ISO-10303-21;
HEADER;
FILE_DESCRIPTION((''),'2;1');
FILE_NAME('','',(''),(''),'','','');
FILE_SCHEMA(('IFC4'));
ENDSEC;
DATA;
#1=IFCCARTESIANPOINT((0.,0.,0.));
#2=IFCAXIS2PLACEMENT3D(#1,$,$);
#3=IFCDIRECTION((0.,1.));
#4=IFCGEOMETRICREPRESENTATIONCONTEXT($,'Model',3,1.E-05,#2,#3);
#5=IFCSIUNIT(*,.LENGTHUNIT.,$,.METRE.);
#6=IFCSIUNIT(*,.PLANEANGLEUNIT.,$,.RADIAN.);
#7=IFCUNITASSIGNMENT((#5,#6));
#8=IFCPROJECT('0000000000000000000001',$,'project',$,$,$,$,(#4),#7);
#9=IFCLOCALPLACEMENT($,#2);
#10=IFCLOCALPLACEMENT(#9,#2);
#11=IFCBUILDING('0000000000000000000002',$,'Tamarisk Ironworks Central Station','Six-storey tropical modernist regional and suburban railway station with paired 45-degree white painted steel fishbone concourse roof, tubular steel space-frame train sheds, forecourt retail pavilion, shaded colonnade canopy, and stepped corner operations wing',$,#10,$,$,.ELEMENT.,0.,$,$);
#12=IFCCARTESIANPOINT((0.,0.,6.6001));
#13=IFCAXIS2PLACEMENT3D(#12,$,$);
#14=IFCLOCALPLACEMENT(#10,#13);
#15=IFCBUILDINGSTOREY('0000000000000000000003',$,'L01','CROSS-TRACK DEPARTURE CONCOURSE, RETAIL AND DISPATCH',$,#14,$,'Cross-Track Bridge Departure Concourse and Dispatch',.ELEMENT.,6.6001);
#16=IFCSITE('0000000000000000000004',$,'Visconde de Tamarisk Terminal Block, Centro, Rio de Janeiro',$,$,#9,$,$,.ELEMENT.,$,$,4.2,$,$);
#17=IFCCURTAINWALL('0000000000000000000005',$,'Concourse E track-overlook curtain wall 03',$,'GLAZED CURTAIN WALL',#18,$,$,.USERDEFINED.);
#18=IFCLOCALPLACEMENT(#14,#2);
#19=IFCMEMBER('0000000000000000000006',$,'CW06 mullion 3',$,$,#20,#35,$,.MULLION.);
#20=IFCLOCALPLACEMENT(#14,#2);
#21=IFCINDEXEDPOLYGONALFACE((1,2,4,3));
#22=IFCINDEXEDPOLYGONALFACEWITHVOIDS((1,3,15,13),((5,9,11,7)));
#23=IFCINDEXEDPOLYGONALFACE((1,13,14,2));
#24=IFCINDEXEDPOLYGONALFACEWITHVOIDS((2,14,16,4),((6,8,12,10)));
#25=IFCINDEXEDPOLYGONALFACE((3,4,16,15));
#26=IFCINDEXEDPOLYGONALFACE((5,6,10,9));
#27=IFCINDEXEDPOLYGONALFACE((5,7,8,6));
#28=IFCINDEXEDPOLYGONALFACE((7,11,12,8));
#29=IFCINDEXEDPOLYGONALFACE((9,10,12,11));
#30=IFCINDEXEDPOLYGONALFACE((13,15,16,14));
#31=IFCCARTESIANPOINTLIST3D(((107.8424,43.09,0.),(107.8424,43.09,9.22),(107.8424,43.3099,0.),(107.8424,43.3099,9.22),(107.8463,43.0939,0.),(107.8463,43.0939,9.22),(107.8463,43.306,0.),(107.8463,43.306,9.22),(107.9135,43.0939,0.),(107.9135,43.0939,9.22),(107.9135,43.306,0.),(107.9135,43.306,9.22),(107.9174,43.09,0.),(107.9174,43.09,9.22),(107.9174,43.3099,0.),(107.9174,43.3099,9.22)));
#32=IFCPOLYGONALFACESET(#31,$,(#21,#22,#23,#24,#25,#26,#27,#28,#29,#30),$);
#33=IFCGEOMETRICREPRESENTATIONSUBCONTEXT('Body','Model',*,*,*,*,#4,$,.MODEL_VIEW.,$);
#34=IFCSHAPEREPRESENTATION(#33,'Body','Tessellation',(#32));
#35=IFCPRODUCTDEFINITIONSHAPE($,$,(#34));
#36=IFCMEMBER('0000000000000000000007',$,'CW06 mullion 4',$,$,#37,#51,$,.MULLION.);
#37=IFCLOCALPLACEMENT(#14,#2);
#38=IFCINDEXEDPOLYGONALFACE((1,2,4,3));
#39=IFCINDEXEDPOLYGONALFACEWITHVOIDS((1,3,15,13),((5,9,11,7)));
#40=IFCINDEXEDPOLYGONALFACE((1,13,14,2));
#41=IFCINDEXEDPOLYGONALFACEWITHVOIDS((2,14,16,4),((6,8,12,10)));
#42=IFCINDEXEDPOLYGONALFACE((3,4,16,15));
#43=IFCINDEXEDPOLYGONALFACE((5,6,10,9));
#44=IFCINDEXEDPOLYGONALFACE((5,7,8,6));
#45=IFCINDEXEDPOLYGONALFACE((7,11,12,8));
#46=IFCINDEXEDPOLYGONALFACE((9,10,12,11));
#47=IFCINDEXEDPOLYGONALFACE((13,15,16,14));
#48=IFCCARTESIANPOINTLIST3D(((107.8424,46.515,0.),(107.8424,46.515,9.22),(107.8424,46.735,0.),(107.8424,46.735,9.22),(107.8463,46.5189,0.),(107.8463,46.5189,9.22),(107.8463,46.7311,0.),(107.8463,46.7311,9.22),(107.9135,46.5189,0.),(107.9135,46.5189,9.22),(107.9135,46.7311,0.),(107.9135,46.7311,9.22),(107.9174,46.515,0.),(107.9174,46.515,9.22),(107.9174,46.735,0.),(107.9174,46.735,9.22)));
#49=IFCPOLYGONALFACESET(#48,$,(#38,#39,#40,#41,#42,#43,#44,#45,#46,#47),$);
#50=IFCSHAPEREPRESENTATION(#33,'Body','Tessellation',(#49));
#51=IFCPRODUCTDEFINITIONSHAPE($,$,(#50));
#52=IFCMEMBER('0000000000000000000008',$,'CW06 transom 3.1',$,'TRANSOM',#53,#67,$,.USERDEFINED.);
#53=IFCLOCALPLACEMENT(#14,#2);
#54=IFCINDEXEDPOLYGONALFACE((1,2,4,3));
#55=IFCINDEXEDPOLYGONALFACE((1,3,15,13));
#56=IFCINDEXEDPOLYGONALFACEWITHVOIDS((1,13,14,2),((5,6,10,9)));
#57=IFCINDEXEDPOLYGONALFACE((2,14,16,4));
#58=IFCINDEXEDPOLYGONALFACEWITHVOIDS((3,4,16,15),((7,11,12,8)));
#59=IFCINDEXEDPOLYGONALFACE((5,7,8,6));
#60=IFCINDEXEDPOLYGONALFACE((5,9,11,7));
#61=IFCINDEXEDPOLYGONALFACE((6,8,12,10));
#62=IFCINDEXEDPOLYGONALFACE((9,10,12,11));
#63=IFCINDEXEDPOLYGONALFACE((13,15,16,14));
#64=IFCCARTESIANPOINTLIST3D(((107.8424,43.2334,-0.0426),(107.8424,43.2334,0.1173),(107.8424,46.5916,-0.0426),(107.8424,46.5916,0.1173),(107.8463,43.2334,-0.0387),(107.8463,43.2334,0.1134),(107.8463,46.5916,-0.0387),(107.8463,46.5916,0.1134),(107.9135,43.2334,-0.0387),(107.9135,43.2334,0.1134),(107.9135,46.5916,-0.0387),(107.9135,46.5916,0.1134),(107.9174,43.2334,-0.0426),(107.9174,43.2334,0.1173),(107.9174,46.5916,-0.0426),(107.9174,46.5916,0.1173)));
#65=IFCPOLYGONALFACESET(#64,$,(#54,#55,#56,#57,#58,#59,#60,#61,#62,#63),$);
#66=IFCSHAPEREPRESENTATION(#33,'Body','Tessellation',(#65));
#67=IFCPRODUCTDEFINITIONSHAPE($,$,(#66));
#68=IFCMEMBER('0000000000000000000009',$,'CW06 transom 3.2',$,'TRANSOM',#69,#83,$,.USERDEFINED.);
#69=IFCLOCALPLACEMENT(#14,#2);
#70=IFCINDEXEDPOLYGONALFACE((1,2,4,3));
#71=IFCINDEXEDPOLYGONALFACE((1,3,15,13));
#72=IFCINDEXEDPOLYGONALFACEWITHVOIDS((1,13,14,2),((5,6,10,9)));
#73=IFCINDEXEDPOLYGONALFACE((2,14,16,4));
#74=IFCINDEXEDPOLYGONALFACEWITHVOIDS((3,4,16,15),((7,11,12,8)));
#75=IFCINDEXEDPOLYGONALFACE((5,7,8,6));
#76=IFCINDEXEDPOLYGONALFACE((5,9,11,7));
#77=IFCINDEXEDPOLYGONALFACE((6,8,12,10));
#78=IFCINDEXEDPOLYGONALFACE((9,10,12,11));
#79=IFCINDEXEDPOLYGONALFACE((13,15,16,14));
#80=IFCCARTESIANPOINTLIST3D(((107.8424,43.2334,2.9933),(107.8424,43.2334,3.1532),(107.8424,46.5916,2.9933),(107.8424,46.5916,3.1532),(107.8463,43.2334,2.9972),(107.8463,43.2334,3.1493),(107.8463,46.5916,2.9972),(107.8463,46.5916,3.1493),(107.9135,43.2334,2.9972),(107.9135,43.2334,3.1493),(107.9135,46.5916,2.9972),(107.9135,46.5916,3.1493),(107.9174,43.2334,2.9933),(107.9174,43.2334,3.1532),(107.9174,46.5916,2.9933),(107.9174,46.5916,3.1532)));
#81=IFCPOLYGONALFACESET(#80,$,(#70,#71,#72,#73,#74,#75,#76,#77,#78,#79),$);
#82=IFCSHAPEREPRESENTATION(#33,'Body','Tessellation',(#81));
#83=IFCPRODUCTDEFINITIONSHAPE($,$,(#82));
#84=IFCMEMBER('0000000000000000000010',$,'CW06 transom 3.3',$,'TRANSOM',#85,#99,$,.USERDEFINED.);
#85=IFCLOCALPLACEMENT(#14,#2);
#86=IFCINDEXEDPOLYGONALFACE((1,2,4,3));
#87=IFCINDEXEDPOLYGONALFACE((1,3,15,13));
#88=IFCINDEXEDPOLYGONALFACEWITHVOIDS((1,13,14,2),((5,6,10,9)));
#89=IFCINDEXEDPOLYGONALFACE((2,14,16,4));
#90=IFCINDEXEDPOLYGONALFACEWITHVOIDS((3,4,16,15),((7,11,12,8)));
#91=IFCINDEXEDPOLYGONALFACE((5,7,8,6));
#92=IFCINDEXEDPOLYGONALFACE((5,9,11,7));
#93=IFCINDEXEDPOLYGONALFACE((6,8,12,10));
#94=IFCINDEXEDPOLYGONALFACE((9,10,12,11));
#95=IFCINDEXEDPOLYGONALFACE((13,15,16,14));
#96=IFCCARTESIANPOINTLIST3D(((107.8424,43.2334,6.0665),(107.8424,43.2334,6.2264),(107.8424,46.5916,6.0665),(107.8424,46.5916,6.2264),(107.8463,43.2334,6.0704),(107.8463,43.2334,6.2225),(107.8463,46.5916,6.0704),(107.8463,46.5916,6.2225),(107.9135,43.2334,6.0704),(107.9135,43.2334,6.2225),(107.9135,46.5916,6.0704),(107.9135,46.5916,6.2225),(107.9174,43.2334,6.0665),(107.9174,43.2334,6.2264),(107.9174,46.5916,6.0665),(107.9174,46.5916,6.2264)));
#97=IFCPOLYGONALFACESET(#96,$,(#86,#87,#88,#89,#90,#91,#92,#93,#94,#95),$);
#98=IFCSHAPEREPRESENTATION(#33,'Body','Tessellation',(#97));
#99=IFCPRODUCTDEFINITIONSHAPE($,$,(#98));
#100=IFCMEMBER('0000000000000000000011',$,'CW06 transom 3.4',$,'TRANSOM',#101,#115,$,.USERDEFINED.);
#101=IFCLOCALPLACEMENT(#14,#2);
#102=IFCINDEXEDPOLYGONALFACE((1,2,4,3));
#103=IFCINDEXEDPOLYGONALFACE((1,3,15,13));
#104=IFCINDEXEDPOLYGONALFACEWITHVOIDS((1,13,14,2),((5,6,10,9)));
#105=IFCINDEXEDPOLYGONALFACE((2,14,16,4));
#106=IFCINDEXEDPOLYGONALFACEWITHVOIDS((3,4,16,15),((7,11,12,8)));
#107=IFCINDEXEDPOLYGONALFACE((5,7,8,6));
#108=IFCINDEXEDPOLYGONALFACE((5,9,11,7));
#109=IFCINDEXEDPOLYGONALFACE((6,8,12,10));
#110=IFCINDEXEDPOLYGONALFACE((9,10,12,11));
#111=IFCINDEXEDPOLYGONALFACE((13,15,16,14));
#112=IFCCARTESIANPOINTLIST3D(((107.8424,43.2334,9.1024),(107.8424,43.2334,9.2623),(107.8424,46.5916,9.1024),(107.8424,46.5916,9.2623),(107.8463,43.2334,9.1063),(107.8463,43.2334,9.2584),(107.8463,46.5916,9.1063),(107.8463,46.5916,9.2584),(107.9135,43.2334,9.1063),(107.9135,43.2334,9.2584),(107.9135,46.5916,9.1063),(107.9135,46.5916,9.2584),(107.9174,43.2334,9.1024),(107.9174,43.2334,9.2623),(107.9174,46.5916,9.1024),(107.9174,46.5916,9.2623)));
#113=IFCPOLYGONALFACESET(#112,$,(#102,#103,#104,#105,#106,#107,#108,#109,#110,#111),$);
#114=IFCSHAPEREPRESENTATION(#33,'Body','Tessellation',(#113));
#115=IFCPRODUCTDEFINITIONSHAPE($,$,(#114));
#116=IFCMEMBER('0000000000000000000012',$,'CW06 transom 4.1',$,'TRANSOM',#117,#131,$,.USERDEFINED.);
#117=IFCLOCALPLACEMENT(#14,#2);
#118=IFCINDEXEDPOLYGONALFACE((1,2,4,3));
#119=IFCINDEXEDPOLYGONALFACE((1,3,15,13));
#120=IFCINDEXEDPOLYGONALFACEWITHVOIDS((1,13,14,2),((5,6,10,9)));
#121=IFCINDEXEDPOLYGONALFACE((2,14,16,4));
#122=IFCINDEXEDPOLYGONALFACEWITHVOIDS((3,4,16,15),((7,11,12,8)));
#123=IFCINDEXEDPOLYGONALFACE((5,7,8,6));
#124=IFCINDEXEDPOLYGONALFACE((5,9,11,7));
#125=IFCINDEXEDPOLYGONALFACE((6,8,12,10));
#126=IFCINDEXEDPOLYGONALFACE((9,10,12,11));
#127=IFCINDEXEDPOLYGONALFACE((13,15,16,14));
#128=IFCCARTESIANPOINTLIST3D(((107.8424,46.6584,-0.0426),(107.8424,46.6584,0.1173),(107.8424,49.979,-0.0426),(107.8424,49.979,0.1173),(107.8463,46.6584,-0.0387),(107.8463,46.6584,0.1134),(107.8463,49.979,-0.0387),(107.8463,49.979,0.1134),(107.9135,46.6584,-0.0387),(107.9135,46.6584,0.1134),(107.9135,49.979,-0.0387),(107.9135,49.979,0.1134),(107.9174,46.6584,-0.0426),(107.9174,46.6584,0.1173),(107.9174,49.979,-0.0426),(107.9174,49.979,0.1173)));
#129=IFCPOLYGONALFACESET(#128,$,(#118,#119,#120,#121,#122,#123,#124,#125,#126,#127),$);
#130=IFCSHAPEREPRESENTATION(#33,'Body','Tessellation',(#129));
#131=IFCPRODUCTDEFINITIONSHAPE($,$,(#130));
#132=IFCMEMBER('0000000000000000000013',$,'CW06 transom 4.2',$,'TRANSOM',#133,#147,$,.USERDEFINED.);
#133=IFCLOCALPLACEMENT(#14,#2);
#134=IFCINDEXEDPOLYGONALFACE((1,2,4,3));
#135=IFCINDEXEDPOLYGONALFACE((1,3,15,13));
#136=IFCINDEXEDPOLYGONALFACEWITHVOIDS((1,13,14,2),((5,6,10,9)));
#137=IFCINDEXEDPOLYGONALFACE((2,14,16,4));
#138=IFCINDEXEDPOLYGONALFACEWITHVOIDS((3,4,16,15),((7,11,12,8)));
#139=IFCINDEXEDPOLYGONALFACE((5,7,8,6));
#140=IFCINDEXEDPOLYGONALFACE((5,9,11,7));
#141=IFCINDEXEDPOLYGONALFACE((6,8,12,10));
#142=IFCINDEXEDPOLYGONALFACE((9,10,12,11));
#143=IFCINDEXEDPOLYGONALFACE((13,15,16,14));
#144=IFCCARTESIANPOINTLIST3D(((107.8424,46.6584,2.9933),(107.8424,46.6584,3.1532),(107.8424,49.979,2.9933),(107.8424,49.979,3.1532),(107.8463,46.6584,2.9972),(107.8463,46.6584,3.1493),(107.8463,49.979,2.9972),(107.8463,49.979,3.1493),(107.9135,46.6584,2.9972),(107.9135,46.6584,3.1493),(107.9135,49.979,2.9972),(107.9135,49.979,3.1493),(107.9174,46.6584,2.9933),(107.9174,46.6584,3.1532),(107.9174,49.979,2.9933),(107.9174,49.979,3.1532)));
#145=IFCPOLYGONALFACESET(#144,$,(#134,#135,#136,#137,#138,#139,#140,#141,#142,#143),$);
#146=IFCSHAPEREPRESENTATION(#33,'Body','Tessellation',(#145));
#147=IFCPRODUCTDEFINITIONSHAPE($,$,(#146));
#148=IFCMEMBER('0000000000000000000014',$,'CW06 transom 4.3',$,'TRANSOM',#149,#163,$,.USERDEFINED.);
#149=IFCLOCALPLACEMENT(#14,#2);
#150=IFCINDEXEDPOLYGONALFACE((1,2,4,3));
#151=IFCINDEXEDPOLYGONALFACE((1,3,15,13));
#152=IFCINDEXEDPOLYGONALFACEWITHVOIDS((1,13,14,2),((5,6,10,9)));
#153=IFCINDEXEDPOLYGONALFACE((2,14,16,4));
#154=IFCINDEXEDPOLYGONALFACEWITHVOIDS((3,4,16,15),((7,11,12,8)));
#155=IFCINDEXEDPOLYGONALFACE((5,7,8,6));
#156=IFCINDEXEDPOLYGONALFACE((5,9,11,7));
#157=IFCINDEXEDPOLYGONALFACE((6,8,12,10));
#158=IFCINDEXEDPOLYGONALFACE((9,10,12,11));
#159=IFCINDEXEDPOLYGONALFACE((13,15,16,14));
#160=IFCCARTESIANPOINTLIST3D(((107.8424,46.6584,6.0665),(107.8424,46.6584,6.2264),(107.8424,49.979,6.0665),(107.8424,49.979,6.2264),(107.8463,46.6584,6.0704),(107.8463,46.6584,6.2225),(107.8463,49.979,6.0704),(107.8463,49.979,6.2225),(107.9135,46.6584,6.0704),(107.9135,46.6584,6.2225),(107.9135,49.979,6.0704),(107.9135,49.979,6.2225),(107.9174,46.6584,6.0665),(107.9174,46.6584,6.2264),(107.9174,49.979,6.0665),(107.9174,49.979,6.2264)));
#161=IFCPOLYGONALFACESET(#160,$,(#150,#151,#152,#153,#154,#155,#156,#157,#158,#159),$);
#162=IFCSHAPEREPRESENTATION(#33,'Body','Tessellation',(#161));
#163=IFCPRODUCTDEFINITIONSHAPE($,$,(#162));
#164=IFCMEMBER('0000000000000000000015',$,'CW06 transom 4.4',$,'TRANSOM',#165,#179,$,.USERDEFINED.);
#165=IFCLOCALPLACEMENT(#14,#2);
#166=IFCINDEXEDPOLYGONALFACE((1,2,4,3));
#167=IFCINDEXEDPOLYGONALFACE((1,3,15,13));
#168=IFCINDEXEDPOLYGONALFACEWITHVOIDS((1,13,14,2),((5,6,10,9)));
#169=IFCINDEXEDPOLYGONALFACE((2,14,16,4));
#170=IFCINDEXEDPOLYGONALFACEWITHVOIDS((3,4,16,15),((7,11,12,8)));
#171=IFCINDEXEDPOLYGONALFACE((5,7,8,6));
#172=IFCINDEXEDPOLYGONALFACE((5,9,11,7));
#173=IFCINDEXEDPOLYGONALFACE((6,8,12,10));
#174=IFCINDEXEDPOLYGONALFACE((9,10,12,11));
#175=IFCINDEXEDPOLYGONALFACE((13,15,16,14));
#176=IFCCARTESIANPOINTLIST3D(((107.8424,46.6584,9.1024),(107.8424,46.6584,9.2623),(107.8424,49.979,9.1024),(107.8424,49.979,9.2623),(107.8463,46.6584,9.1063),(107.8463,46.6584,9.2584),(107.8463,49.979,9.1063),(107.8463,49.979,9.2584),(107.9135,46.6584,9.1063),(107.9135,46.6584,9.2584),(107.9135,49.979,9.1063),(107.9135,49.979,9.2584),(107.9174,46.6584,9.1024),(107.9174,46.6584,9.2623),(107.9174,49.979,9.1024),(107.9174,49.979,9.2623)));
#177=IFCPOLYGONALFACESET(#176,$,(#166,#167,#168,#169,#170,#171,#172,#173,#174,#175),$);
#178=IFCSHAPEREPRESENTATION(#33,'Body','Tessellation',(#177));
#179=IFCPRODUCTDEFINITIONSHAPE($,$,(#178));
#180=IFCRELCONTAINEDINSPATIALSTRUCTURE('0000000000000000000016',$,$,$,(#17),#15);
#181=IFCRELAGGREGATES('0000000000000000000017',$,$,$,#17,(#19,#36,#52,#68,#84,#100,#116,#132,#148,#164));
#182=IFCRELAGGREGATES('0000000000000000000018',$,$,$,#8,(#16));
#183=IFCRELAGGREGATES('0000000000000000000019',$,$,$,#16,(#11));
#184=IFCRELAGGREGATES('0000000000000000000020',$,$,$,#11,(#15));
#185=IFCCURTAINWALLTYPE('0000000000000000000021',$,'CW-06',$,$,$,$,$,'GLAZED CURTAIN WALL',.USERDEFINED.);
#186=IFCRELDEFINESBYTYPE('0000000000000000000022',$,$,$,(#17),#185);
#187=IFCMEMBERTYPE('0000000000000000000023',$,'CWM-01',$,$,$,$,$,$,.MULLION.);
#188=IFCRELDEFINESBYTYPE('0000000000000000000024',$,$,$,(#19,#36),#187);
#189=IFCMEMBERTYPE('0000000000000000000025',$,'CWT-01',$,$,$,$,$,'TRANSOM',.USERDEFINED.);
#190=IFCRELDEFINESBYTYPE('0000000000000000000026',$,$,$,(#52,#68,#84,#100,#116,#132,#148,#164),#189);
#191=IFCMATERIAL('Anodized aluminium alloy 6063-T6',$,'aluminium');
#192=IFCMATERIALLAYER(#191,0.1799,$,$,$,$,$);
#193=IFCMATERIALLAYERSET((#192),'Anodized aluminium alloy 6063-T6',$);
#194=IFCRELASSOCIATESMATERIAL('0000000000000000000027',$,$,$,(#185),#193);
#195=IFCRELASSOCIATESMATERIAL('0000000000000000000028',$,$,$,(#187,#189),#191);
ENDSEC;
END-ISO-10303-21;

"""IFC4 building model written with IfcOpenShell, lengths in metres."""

from ifc_helpers import new_model, si_unit, direction, frame, origin, origin_2d, place, context, subcontext, project, spatial, hollow_rectangle, extrude, material, layer, layer_set, material_profile, profile_set, type_object, element, aggregate, save


model = new_model("IFC4")

# Units and contexts
model_context = context("Model", 3, precision=1e-05, world=origin(), true_north=direction((0.0, 1.0)))
body_context = subcontext(model_context, "Body", "Model", "MODEL_VIEW")
ifc_project = project(units=[si_unit("LENGTHUNIT", "METRE"), si_unit("PLANEANGLEUNIT", "RADIAN")], contexts=[model_context])

# Site, building, storey
site_placement = place(None, origin())
site = spatial("IfcSite", under=ifc_project, at=site_placement, Name="Visconde de Tamarisk Terminal Block, Centro, Rio de Janeiro", CompositionType="ELEMENT", RefElevation=4.2)
building_placement = place(site_placement, origin())
building = spatial("IfcBuilding", under=site, at=building_placement, Name="Tamarisk Ironworks Central Station", Description="Six-storey tropical modernist regional and suburban railway station with paired 45-degree white painted steel fishbone concourse roof, tubular steel space-frame train sheds, forecourt retail pavilion, shaded colonnade canopy, and stepped corner operations wing", CompositionType="ELEMENT", ElevationOfRefHeight=0.0)
storey_placement = place(building_placement, frame((0.0, 0.0, 6.6001)))
storey = spatial("IfcBuildingStorey", under=building, at=storey_placement, Name="L01", Description="CROSS-TRACK DEPARTURE CONCOURSE, RETAIL AND DISPATCH", LongName="Cross-Track Bridge Departure Concourse and Dispatch", CompositionType="ELEMENT", Elevation=6.6001)

# Curtain wall, members
ifc_material_1 = material(Name="Anodized aluminium alloy 6063-T6", Category="aluminium")
ifc_layer_1 = layer(ifc_material_1, 0.1799)
ifc_layer_set_1 = layer_set([ifc_layer_1], Name="Anodized aluminium alloy 6063-T6")
curtain_wall_type = type_object("IfcCurtainWallType", Name="CW-06", ElementType="GLAZED CURTAIN WALL", PredefinedType="USERDEFINED", material=ifc_layer_set_1)
curtain_wall_placement = place(storey_placement, origin())
curtain_wall = element("IfcCurtainWall", 1, at=curtain_wall_placement, inside=storey, type_object=curtain_wall_type, Name="Concourse E track-overlook curtain wall 03", ObjectType="GLAZED CURTAIN WALL", PredefinedType="USERDEFINED")
ifc_material_profile_1 = material_profile(ifc_material_1, hollow_rectangle(XDim=0.075, YDim=0.22, WallThickness=0.0039, at=origin_2d()), Name="ALUM 220x75")
ifc_profile_set_1 = profile_set([ifc_material_profile_1], Name="Anodized aluminium alloy 6063-T6")
member_type_1 = type_object("IfcMemberType", Name="CWM-01", PredefinedType="MULLION", material=ifc_profile_set_1)
member_1_placement = place(storey_placement, frame((107.8799, 43.2, 0.0), z_axis=(0.0, 0.0, 1.0), x_axis=(-1.0, 0.0, 0.0)))
member_1 = element("IfcMember", 2, at=member_1_placement, type_object=member_type_1, Name="CW06 mullion 3", PredefinedType="MULLION", context=body_context, shape_type="SweptSolid", body=[
    extrude(hollow_rectangle(XDim=0.075, YDim=0.22, WallThickness=0.0039, at=origin_2d()), origin(), (0.0, 0.0, 1.0), 9.22),
])
member_2_placement = place(storey_placement, frame((107.8799, 46.625, 0.0), z_axis=(0.0, 0.0, 1.0), x_axis=(-1.0, 0.0, 0.0)))
member_2 = element("IfcMember", 3, at=member_2_placement, type_object=member_type_1, Name="CW06 mullion 4", PredefinedType="MULLION", context=body_context, shape_type="SweptSolid", body=[
    extrude(hollow_rectangle(XDim=0.075, YDim=0.22, WallThickness=0.0039, at=origin_2d()), origin(), (0.0, 0.0, 1.0), 9.22),
])
ifc_material_profile_2 = material_profile(ifc_material_1, hollow_rectangle(XDim=0.075, YDim=0.1599, WallThickness=0.0039, at=origin_2d()), Name="ALUM 160x75")
ifc_profile_set_2 = profile_set([ifc_material_profile_2], Name="Anodized aluminium alloy 6063-T6")
member_type_2 = type_object("IfcMemberType", Name="CWT-01", ElementType="TRANSOM", PredefinedType="USERDEFINED", material=ifc_profile_set_2)
member_3_placement = place(storey_placement, frame((107.8799, 43.2334, 0.0374), z_axis=(0.0, 1.0, 0.0), x_axis=(-1.0, 0.0, 0.0)))
member_3 = element("IfcMember", 4, at=member_3_placement, type_object=member_type_2, Name="CW06 transom 3.1", ObjectType="TRANSOM", PredefinedType="USERDEFINED", context=body_context, shape_type="SweptSolid", body=[
    extrude(hollow_rectangle(XDim=0.075, YDim=0.1599, WallThickness=0.0039, at=origin_2d()), origin(), (0.0, 0.0, 1.0), 3.3582),
])
member_4_placement = place(storey_placement, frame((107.8799, 43.2334, 3.0732), z_axis=(0.0, 1.0, 0.0), x_axis=(-1.0, 0.0, 0.0)))
member_4 = element("IfcMember", 5, at=member_4_placement, type_object=member_type_2, Name="CW06 transom 3.2", ObjectType="TRANSOM", PredefinedType="USERDEFINED", context=body_context, shape_type="SweptSolid", body=[
    extrude(hollow_rectangle(XDim=0.075, YDim=0.1599, WallThickness=0.0039, at=origin_2d()), origin(), (0.0, 0.0, 1.0), 3.3582),
])
member_5_placement = place(storey_placement, frame((107.8799, 43.2334, 6.1465), z_axis=(0.0, 1.0, 0.0), x_axis=(-1.0, 0.0, 0.0)))
member_5 = element("IfcMember", 6, at=member_5_placement, type_object=member_type_2, Name="CW06 transom 3.3", ObjectType="TRANSOM", PredefinedType="USERDEFINED", context=body_context, shape_type="SweptSolid", body=[
    extrude(hollow_rectangle(XDim=0.075, YDim=0.1599, WallThickness=0.0039, at=origin_2d()), origin(), (0.0, 0.0, 1.0), 3.3582),
])
member_6_placement = place(storey_placement, frame((107.8799, 43.2334, 9.1824), z_axis=(0.0, 1.0, 0.0), x_axis=(-1.0, 0.0, 0.0)))
member_6 = element("IfcMember", 7, at=member_6_placement, type_object=member_type_2, Name="CW06 transom 3.4", ObjectType="TRANSOM", PredefinedType="USERDEFINED", context=body_context, shape_type="SweptSolid", body=[
    extrude(hollow_rectangle(XDim=0.075, YDim=0.1599, WallThickness=0.0039, at=origin_2d()), origin(), (0.0, 0.0, 1.0), 3.3582),
])
member_7_placement = place(storey_placement, frame((107.8799, 46.6584, 0.0374), z_axis=(0.0, 1.0, 0.0), x_axis=(-1.0, 0.0, 0.0)))
member_7 = element("IfcMember", 8, at=member_7_placement, type_object=member_type_2, Name="CW06 transom 4.1", ObjectType="TRANSOM", PredefinedType="USERDEFINED", context=body_context, shape_type="SweptSolid", body=[
    extrude(hollow_rectangle(XDim=0.075, YDim=0.1599, WallThickness=0.0039, at=origin_2d()), origin(), (0.0, 0.0, 1.0), 3.3206),
])
member_8_placement = place(storey_placement, frame((107.8799, 46.6584, 3.0732), z_axis=(0.0, 1.0, 0.0), x_axis=(-1.0, 0.0, 0.0)))
member_8 = element("IfcMember", 9, at=member_8_placement, type_object=member_type_2, Name="CW06 transom 4.2", ObjectType="TRANSOM", PredefinedType="USERDEFINED", context=body_context, shape_type="SweptSolid", body=[
    extrude(hollow_rectangle(XDim=0.075, YDim=0.1599, WallThickness=0.0039, at=origin_2d()), origin(), (0.0, 0.0, 1.0), 3.3206),
])
member_9_placement = place(storey_placement, frame((107.8799, 46.6584, 6.1465), z_axis=(0.0, 1.0, 0.0), x_axis=(-1.0, 0.0, 0.0)))
member_9 = element("IfcMember", 10, at=member_9_placement, type_object=member_type_2, Name="CW06 transom 4.3", ObjectType="TRANSOM", PredefinedType="USERDEFINED", context=body_context, shape_type="SweptSolid", body=[
    extrude(hollow_rectangle(XDim=0.075, YDim=0.1599, WallThickness=0.0039, at=origin_2d()), origin(), (0.0, 0.0, 1.0), 3.3206),
])
member_10_placement = place(storey_placement, frame((107.8799, 46.6584, 9.1824), z_axis=(0.0, 1.0, 0.0), x_axis=(-1.0, 0.0, 0.0)))
member_10 = element("IfcMember", 11, at=member_10_placement, type_object=member_type_2, Name="CW06 transom 4.4", ObjectType="TRANSOM", PredefinedType="USERDEFINED", context=body_context, shape_type="SweptSolid", body=[
    extrude(hollow_rectangle(XDim=0.075, YDim=0.1599, WallThickness=0.0039, at=origin_2d()), origin(), (0.0, 0.0, 1.0), 3.3206),
])

aggregate(curtain_wall, [member_1, member_2, member_3, member_4, member_5, member_6, member_7, member_8, member_9, member_10])

save(model, "model.ifc")
